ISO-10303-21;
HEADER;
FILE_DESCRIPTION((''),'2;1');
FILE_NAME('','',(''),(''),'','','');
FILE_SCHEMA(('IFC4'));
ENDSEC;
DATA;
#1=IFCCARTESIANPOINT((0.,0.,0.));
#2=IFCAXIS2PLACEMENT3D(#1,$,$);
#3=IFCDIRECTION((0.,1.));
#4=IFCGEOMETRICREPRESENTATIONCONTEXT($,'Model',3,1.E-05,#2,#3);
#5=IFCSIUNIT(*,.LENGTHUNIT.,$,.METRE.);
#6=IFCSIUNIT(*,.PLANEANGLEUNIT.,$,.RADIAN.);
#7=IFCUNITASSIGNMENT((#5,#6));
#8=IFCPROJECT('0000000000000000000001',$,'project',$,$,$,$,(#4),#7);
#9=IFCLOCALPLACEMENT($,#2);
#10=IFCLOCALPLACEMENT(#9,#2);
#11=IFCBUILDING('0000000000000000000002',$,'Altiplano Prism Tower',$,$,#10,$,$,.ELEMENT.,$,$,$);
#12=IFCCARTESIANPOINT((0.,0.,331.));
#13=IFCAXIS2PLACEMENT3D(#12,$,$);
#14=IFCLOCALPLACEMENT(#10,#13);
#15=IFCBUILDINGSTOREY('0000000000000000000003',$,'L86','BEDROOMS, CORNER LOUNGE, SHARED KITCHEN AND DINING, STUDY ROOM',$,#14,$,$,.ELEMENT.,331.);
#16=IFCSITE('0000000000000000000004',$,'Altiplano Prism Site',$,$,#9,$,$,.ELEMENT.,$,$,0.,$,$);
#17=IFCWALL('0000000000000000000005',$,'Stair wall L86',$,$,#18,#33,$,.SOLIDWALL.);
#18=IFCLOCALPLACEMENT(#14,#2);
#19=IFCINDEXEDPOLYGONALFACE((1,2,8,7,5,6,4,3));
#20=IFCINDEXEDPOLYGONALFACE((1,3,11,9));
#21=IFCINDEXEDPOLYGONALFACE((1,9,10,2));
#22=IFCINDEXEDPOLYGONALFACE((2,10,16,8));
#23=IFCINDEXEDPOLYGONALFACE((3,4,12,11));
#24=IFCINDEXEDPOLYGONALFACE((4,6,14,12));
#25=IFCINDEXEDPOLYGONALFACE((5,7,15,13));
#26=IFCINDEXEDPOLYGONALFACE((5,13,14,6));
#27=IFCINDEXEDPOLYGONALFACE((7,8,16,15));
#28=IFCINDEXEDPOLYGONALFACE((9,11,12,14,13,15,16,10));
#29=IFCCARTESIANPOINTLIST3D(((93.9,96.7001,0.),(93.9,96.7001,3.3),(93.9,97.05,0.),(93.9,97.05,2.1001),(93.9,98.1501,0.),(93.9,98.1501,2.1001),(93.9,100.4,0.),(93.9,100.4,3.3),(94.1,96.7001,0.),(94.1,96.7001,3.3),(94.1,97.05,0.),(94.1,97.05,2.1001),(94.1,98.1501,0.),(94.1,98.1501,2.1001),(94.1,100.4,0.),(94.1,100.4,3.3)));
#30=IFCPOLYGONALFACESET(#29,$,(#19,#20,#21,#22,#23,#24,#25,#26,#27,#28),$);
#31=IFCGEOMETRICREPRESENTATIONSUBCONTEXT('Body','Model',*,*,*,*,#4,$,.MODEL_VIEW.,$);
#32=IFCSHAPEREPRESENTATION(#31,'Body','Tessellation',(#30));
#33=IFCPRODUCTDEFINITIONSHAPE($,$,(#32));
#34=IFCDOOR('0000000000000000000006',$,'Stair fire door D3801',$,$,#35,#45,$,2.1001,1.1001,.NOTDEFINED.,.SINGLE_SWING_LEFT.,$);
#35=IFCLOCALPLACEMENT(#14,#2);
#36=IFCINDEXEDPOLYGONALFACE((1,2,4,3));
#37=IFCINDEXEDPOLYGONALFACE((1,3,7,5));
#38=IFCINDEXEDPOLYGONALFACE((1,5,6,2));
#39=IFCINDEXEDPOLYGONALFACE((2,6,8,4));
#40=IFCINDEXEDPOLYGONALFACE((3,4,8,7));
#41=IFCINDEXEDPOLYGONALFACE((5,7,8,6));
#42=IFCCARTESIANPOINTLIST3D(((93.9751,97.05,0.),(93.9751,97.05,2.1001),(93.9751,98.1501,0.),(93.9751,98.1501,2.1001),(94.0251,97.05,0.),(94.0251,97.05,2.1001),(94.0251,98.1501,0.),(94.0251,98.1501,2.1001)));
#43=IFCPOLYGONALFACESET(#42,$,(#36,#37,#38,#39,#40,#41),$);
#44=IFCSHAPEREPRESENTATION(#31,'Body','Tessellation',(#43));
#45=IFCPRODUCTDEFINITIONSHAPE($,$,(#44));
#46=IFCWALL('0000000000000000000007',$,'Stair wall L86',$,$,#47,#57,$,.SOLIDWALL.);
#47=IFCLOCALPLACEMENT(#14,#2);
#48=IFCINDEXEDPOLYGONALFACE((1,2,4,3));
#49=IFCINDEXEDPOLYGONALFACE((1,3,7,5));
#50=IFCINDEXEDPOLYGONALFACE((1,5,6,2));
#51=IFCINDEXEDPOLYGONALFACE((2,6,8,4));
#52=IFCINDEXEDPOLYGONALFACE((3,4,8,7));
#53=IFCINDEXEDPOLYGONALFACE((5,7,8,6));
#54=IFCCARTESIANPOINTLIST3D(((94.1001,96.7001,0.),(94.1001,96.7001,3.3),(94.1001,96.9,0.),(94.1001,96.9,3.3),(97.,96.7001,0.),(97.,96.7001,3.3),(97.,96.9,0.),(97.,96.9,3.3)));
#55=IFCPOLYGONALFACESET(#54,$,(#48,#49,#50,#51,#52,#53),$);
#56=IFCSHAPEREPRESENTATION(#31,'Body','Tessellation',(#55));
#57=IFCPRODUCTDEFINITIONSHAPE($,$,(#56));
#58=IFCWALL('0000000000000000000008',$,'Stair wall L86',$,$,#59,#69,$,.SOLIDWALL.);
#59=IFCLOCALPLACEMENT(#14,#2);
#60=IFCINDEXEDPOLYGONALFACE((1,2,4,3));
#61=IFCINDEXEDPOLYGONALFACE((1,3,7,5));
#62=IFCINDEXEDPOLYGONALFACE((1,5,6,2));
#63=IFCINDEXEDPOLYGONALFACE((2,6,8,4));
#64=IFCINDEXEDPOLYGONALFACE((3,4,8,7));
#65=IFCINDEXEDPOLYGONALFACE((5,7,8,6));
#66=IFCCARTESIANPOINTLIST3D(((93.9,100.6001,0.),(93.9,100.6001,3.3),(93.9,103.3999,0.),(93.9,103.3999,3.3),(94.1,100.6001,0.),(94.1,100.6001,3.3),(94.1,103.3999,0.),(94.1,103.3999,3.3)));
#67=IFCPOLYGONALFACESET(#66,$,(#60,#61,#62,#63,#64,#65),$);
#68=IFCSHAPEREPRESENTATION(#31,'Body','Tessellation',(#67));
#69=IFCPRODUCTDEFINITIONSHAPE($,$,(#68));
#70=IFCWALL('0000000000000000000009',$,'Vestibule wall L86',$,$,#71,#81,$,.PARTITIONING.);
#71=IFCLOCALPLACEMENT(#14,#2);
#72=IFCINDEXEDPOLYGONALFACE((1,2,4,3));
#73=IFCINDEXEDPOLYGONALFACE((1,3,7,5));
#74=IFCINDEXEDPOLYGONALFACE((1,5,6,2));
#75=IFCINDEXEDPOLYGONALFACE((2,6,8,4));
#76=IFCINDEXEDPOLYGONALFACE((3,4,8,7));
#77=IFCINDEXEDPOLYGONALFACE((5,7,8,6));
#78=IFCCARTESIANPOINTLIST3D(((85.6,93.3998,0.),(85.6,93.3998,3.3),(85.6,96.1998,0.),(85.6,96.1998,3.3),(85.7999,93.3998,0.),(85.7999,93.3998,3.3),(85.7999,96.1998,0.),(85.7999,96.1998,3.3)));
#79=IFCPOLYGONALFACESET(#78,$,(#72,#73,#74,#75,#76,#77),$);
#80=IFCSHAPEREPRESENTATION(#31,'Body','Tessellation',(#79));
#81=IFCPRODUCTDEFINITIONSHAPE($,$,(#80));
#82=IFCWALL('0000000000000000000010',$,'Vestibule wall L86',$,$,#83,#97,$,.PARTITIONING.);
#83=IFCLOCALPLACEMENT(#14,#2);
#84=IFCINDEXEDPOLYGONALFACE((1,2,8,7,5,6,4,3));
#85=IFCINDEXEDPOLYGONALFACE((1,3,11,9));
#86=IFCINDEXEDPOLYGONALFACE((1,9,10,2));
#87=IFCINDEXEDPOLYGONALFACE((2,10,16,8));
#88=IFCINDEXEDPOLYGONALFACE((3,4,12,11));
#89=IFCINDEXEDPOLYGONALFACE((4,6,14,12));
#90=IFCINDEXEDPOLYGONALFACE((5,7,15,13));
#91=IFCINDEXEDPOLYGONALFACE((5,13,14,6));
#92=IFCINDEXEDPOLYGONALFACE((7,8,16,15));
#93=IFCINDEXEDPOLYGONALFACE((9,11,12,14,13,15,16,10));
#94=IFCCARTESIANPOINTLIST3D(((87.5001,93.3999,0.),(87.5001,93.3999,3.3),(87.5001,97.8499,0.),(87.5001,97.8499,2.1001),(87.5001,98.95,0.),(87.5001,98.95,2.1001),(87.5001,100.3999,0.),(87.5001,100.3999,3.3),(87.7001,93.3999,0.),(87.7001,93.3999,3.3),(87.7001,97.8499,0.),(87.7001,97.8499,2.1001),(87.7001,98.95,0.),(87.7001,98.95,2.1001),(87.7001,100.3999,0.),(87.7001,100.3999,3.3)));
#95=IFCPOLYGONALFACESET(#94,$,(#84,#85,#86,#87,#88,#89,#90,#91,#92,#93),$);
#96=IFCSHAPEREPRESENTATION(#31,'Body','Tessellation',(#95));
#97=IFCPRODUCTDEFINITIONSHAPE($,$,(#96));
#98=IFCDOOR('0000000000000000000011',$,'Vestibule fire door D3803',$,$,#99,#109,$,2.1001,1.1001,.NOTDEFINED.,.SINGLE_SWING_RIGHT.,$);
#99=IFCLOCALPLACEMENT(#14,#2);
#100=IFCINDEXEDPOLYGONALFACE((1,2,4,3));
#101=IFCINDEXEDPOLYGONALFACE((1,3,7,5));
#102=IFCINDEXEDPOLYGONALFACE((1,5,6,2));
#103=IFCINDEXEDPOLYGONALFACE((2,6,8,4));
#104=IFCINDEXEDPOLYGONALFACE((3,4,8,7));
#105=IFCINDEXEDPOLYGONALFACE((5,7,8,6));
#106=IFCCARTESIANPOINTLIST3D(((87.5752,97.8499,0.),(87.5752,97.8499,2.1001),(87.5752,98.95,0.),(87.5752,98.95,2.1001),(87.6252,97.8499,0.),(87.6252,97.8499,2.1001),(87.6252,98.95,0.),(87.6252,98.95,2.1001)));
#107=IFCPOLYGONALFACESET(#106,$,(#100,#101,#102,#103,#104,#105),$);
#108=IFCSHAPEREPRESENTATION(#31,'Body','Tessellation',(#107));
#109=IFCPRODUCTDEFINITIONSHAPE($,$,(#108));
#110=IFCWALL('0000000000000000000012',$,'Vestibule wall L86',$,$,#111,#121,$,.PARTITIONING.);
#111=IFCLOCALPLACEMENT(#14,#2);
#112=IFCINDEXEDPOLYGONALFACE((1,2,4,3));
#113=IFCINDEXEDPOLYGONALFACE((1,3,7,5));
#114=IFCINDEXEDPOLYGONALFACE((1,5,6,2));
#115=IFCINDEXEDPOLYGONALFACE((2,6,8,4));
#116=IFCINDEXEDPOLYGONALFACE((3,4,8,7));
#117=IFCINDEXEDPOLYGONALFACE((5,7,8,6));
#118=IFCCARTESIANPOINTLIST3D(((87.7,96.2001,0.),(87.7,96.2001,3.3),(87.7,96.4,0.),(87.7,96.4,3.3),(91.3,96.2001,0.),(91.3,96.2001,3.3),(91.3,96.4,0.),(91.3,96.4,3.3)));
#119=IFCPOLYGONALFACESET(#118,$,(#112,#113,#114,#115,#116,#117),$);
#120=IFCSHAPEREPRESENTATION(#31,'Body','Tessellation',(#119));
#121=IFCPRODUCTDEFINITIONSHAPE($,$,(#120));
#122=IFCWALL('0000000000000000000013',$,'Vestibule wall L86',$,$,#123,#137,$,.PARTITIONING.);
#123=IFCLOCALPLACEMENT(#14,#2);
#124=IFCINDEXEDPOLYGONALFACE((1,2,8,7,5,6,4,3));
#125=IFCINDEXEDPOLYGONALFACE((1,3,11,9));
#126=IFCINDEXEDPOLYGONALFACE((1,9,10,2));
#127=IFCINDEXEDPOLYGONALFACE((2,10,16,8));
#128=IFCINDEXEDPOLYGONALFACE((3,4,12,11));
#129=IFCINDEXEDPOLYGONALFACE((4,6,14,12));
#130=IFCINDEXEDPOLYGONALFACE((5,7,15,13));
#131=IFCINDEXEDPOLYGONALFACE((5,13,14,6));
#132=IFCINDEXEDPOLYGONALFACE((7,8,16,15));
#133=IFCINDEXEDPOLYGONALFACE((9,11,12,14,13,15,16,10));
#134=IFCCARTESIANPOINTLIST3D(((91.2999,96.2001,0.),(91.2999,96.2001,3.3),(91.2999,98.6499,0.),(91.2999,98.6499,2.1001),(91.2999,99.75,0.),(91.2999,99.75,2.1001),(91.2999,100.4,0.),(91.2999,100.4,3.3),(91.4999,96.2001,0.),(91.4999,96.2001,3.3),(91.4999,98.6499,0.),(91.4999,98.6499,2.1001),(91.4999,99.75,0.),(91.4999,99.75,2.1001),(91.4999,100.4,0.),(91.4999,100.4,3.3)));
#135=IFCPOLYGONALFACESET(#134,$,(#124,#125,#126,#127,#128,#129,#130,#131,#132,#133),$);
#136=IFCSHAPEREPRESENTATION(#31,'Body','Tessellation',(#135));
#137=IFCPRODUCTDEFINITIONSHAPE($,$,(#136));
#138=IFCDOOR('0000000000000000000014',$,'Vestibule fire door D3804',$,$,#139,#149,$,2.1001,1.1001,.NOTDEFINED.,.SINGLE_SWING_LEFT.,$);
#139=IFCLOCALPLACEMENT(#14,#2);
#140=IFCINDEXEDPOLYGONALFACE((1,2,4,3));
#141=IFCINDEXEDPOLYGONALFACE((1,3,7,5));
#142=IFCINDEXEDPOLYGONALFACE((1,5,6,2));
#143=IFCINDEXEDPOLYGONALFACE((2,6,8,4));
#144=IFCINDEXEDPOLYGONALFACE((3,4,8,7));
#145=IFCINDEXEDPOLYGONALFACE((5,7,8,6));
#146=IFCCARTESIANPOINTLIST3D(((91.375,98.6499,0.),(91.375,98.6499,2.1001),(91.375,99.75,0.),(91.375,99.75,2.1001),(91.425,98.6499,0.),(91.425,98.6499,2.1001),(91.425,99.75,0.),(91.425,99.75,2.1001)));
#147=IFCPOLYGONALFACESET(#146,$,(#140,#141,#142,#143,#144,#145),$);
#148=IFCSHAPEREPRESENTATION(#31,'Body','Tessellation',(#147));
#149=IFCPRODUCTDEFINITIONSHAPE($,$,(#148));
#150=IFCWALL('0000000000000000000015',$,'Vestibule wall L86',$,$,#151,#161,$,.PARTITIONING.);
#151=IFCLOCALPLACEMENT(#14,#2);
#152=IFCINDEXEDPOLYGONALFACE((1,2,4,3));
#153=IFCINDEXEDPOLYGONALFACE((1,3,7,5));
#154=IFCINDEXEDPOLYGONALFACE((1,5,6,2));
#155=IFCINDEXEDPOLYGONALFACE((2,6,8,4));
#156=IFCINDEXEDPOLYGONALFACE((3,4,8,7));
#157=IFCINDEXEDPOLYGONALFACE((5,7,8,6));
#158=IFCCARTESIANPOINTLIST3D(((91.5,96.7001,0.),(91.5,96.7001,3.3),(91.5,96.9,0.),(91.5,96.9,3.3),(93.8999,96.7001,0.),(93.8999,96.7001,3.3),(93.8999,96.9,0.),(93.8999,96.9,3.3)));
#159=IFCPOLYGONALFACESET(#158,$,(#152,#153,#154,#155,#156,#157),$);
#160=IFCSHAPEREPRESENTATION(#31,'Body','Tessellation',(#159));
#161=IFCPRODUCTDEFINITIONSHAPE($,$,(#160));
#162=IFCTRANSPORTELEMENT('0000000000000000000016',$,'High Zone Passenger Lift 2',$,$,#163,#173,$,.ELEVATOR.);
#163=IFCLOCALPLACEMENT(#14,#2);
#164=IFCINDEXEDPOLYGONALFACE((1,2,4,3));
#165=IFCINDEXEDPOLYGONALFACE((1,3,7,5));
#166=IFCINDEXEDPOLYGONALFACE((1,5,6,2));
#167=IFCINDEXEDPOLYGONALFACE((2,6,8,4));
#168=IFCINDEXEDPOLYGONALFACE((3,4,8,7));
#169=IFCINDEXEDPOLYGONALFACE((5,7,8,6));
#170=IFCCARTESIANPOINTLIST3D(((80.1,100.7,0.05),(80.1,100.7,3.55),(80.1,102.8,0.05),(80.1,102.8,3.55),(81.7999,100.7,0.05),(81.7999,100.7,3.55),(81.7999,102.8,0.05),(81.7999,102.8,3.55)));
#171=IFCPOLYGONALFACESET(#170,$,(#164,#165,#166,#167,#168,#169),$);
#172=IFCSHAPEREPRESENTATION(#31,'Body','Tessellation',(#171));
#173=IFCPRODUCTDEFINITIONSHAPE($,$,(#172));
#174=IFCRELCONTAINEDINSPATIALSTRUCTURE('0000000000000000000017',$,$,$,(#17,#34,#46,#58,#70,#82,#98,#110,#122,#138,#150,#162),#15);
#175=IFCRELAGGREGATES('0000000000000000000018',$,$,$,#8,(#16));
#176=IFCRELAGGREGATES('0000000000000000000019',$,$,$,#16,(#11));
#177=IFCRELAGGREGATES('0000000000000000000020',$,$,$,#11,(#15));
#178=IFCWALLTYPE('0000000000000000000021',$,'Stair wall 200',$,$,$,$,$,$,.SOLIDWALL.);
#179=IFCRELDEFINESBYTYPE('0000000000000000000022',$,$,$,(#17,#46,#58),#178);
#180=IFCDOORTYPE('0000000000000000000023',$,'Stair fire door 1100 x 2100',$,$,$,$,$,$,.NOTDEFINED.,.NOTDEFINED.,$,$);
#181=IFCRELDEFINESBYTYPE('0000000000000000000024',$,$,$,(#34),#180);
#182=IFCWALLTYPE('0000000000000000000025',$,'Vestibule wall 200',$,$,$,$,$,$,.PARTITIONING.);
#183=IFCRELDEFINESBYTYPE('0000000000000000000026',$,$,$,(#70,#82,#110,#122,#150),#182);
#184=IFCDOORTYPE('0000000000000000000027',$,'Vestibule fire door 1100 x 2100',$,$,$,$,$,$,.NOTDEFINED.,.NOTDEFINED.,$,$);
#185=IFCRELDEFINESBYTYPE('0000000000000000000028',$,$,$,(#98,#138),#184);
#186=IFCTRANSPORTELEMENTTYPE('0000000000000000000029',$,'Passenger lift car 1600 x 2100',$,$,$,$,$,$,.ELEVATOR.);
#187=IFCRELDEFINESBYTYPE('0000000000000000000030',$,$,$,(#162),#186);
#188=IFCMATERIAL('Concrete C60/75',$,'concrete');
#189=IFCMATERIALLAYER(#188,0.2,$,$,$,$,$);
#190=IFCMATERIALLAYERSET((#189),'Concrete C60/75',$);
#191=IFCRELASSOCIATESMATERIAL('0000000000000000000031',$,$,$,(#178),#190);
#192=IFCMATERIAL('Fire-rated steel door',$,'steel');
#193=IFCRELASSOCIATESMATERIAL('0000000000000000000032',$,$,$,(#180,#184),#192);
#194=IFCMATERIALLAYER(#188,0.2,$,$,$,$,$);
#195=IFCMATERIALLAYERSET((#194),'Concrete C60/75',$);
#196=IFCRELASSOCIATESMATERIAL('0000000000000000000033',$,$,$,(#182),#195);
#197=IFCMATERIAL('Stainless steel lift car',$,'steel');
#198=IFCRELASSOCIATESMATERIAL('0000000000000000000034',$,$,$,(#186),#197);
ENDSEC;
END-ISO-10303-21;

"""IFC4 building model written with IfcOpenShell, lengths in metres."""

from ifc_helpers import new_model, si_unit, direction, frame, frame_2d, origin, origin_2d, place, context, subcontext, project, spatial, rectangle, extrude, material, layer, layer_set, type_object, element, fill, save


model = new_model("IFC4")

# Units and contexts
model_context = context("Model", 3, precision=1e-05, world=origin(), true_north=direction((0.0, 1.0)))
body_context = subcontext(model_context, "Body", "Model", "MODEL_VIEW")
ifc_project = project(units=[si_unit("LENGTHUNIT", "METRE"), si_unit("PLANEANGLEUNIT", "RADIAN")], contexts=[model_context])

# Site, building, storey
site_placement = place(None, origin())
site = spatial("IfcSite", under=ifc_project, at=site_placement, Name="Altiplano Prism Site", CompositionType="ELEMENT", RefElevation=0.0)
building_placement = place(site_placement, origin())
building = spatial("IfcBuilding", under=site, at=building_placement, Name="Altiplano Prism Tower", CompositionType="ELEMENT")
storey_placement = place(building_placement, frame((0.0, 0.0, 331.0)))
storey = spatial("IfcBuildingStorey", under=building, at=storey_placement, Name="L86", Description="BEDROOMS, CORNER LOUNGE, SHARED KITCHEN AND DINING, STUDY ROOM", CompositionType="ELEMENT", Elevation=331.0)

# Shared definitions
ifc_material_1 = material(Name="Concrete C60/75", Category="concrete")

# Wall, opening, door
ifc_layer_1 = layer(ifc_material_1, 0.2)
ifc_layer_set_1 = layer_set([ifc_layer_1], Name="Concrete C60/75")
wall_type_1 = type_object("IfcWallType", Name="Stair wall 200", PredefinedType="SOLIDWALL", material=ifc_layer_set_1)
wall_1_placement = place(storey_placement, frame((94.0, 96.7, 0.0), z_axis=(0.0, 0.0, 1.0), x_axis=(0.0, 1.0, 0.0)))
wall_1 = element("IfcWall", 1, at=wall_1_placement, inside=storey, type_object=wall_type_1, Name="Stair wall L86", PredefinedType="SOLIDWALL", context=body_context, shape_type="SweptSolid", body=[
    extrude(rectangle(XDim=3.7, YDim=0.2, at=frame_2d((1.8501, 0.0))), origin(), (0.0, 0.0, 1.0), 3.3),
])
opening_1_placement = place(wall_1_placement, frame((0.3501, 0.0, 0.0)))
opening_1 = element("IfcOpeningElement", 2, at=opening_1_placement, cuts=wall_1, PredefinedType="OPENING", context=body_context, shape_type="SweptSolid", body=[
    extrude(rectangle(XDim=1.1001, YDim=2.1001, at=frame_2d((0.55, 1.05))), frame((0.0, 0.1104, 0.0), z_axis=(0.0, -1.0, 0.0), x_axis=(1.0, 0.0, 0.0)), (0.0, 0.0, 1.0), 0.2209),
])
ifc_material_2 = material(Name="Fire-rated steel door", Category="steel")
door_type_1 = type_object("IfcDoorType", Name="Stair fire door 1100 x 2100", OperationType="NOTDEFINED", PredefinedType="NOTDEFINED", material=ifc_material_2)
door_1_placement = place(opening_1_placement, origin())
door_1 = element("IfcDoor", 3, at=door_1_placement, inside=storey, type_object=door_type_1, Name="Stair fire door D3801", OperationType="SINGLE_SWING_LEFT", OverallHeight=2.1001, OverallWidth=1.1001, PredefinedType="NOTDEFINED", context=body_context, shape_type="SweptSolid", body=[
    extrude(rectangle(XDim=1.1001, YDim=2.1001, at=frame_2d((0.55, 1.05))), frame((0.0, 0.0249, 0.0), z_axis=(0.0, -1.0, 0.0), x_axis=(1.0, 0.0, 0.0)), (0.0, 0.0, 1.0), 0.05),
])
fill(opening_1, door_1)

# Walls
wall_2_placement = place(storey_placement, frame((94.1001, 96.8, 0.0), z_axis=(0.0, 0.0, 1.0), x_axis=(1.0, 0.0, 0.0)))
element("IfcWall", 4, at=wall_2_placement, inside=storey, type_object=wall_type_1, Name="Stair wall L86", PredefinedType="SOLIDWALL", context=body_context, shape_type="SweptSolid", body=[
    extrude(rectangle(XDim=2.8999, YDim=0.2, at=frame_2d((1.45, 0.0))), origin(), (0.0, 0.0, 1.0), 3.3),
])
wall_3_placement = place(storey_placement, frame((94.0, 100.6001, 0.0), z_axis=(0.0, 0.0, 1.0), x_axis=(0.0, 1.0, 0.0)))
element("IfcWall", 5, at=wall_3_placement, inside=storey, type_object=wall_type_1, Name="Stair wall L86", PredefinedType="SOLIDWALL", context=body_context, shape_type="SweptSolid", body=[
    extrude(rectangle(XDim=2.7998, YDim=0.2, at=frame_2d((1.3999, 0.0))), origin(), (0.0, 0.0, 1.0), 3.3),
])
ifc_layer_2 = layer(ifc_material_1, 0.2)
ifc_layer_set_2 = layer_set([ifc_layer_2], Name="Concrete C60/75")
wall_type_2 = type_object("IfcWallType", Name="Vestibule wall 200", PredefinedType="PARTITIONING", material=ifc_layer_set_2)
wall_4_placement = place(storey_placement, frame((85.7, 93.3999, 0.0), z_axis=(0.0, 0.0, 1.0), x_axis=(0.0, 1.0, 0.0)))
element("IfcWall", 6, at=wall_4_placement, inside=storey, type_object=wall_type_2, Name="Vestibule wall L86", PredefinedType="PARTITIONING", context=body_context, shape_type="SweptSolid", body=[
    extrude(rectangle(XDim=2.8, YDim=0.2, at=frame_2d((1.3999, 0.0))), origin(), (0.0, 0.0, 1.0), 3.3),
])

# Wall, opening, door
wall_5_placement = place(storey_placement, frame((87.6001, 93.3999, 0.0), z_axis=(0.0, 0.0, 1.0), x_axis=(0.0, 1.0, 0.0)))
wall_5 = element("IfcWall", 7, at=wall_5_placement, inside=storey, type_object=wall_type_2, Name="Vestibule wall L86", PredefinedType="PARTITIONING", context=body_context, shape_type="SweptSolid", body=[
    extrude(rectangle(XDim=7.0, YDim=0.2, at=frame_2d((3.5, 0.0))), origin(), (0.0, 0.0, 1.0), 3.3),
])
opening_2_placement = place(wall_5_placement, frame((4.45, 0.0, 0.0)))
opening_2 = element("IfcOpeningElement", 8, at=opening_2_placement, cuts=wall_5, PredefinedType="OPENING", context=body_context, shape_type="SweptSolid", body=[
    extrude(rectangle(XDim=1.1001, YDim=2.1001, at=frame_2d((0.55, 1.05))), frame((0.0, 0.1104, 0.0), z_axis=(0.0, -1.0, 0.0), x_axis=(1.0, 0.0, 0.0)), (0.0, 0.0, 1.0), 0.2209),
])
door_type_2 = type_object("IfcDoorType", Name="Vestibule fire door 1100 x 2100", OperationType="NOTDEFINED", PredefinedType="NOTDEFINED", material=ifc_material_2)
door_2_placement = place(opening_2_placement, origin())
door_2 = element("IfcDoor", 9, at=door_2_placement, inside=storey, type_object=door_type_2, Name="Vestibule fire door D3803", OperationType="SINGLE_SWING_RIGHT", OverallHeight=2.1001, OverallWidth=1.1001, PredefinedType="NOTDEFINED", context=body_context, shape_type="SweptSolid", body=[
    extrude(rectangle(XDim=1.1001, YDim=2.1001, at=frame_2d((0.55, 1.05))), frame((0.0, 0.0249, 0.0), z_axis=(0.0, -1.0, 0.0), x_axis=(1.0, 0.0, 0.0)), (0.0, 0.0, 1.0), 0.05),
])
fill(opening_2, door_2)

# Wall
wall_6_placement = place(storey_placement, frame((87.7, 96.3, 0.0), z_axis=(0.0, 0.0, 1.0), x_axis=(1.0, 0.0, 0.0)))
element("IfcWall", 10, at=wall_6_placement, inside=storey, type_object=wall_type_2, Name="Vestibule wall L86", PredefinedType="PARTITIONING", context=body_context, shape_type="SweptSolid", body=[
    extrude(rectangle(XDim=3.6001, YDim=0.2, at=frame_2d((1.8, 0.0))), origin(), (0.0, 0.0, 1.0), 3.3),
])

# Wall, opening, door
wall_7_placement = place(storey_placement, frame((91.3999, 96.2, 0.0), z_axis=(0.0, 0.0, 1.0), x_axis=(0.0, 1.0, 0.0)))
wall_7 = element("IfcWall", 11, at=wall_7_placement, inside=storey, type_object=wall_type_2, Name="Vestibule wall L86", PredefinedType="PARTITIONING", context=body_context, shape_type="SweptSolid", body=[
    extrude(rectangle(XDim=4.2, YDim=0.2, at=frame_2d((2.1001, 0.0))), origin(), (0.0, 0.0, 1.0), 3.3),
])
opening_3_placement = place(wall_7_placement, frame((2.45, 0.0, 0.0)))
opening_3 = element("IfcOpeningElement", 12, at=opening_3_placement, cuts=wall_7, PredefinedType="OPENING", context=body_context, shape_type="SweptSolid", body=[
    extrude(rectangle(XDim=1.1001, YDim=2.1001, at=frame_2d((0.55, 1.05))), frame((0.0, 0.1104, 0.0), z_axis=(0.0, -1.0, 0.0), x_axis=(1.0, 0.0, 0.0)), (0.0, 0.0, 1.0), 0.2209),
])
door_3_placement = place(opening_3_placement, origin())
door_3 = element("IfcDoor", 13, at=door_3_placement, inside=storey, type_object=door_type_2, Name="Vestibule fire door D3804", OperationType="SINGLE_SWING_LEFT", OverallHeight=2.1001, OverallWidth=1.1001, PredefinedType="NOTDEFINED", context=body_context, shape_type="SweptSolid", body=[
    extrude(rectangle(XDim=1.1001, YDim=2.1001, at=frame_2d((0.55, 1.05))), frame((0.0, 0.0249, 0.0), z_axis=(0.0, -1.0, 0.0), x_axis=(1.0, 0.0, 0.0)), (0.0, 0.0, 1.0), 0.05),
])
fill(opening_3, door_3)

# Wall
wall_8_placement = place(storey_placement, frame((91.5, 96.8, 0.0), z_axis=(0.0, 0.0, 1.0), x_axis=(1.0, 0.0, 0.0)))
element("IfcWall", 14, at=wall_8_placement, inside=storey, type_object=wall_type_2, Name="Vestibule wall L86", PredefinedType="PARTITIONING", context=body_context, shape_type="SweptSolid", body=[
    extrude(rectangle(XDim=2.3999, YDim=0.2, at=frame_2d((1.2, 0.0))), origin(), (0.0, 0.0, 1.0), 3.3),
])

# Transport element
ifc_material_3 = material(Name="Stainless steel lift car", Category="steel")
transport_element_type = type_object("IfcTransportElementType", Name="Passenger lift car 1600 x 2100", PredefinedType="ELEVATOR", material=ifc_material_3)
for number, where, z_axis, x_axis, name in (
    (15, (80.95, 101.75, 0.05), (0.0, 0.0, 1.0), (1.0, 0.0, 0.0), "High Zone Passenger Lift 2"),
):
    element("IfcTransportElement", number, at=place(storey_placement, frame(where, z_axis=z_axis, x_axis=x_axis)), inside=storey, type_object=transport_element_type, Name=name, PredefinedType="ELEVATOR", context=body_context, shape_type="SweptSolid", body=[
        extrude(rectangle(XDim=1.7, YDim=2.1001, at=origin_2d()), origin(), (0.0, 0.0, 1.0), 3.5),
    ])

save(model, "model.ifc")
